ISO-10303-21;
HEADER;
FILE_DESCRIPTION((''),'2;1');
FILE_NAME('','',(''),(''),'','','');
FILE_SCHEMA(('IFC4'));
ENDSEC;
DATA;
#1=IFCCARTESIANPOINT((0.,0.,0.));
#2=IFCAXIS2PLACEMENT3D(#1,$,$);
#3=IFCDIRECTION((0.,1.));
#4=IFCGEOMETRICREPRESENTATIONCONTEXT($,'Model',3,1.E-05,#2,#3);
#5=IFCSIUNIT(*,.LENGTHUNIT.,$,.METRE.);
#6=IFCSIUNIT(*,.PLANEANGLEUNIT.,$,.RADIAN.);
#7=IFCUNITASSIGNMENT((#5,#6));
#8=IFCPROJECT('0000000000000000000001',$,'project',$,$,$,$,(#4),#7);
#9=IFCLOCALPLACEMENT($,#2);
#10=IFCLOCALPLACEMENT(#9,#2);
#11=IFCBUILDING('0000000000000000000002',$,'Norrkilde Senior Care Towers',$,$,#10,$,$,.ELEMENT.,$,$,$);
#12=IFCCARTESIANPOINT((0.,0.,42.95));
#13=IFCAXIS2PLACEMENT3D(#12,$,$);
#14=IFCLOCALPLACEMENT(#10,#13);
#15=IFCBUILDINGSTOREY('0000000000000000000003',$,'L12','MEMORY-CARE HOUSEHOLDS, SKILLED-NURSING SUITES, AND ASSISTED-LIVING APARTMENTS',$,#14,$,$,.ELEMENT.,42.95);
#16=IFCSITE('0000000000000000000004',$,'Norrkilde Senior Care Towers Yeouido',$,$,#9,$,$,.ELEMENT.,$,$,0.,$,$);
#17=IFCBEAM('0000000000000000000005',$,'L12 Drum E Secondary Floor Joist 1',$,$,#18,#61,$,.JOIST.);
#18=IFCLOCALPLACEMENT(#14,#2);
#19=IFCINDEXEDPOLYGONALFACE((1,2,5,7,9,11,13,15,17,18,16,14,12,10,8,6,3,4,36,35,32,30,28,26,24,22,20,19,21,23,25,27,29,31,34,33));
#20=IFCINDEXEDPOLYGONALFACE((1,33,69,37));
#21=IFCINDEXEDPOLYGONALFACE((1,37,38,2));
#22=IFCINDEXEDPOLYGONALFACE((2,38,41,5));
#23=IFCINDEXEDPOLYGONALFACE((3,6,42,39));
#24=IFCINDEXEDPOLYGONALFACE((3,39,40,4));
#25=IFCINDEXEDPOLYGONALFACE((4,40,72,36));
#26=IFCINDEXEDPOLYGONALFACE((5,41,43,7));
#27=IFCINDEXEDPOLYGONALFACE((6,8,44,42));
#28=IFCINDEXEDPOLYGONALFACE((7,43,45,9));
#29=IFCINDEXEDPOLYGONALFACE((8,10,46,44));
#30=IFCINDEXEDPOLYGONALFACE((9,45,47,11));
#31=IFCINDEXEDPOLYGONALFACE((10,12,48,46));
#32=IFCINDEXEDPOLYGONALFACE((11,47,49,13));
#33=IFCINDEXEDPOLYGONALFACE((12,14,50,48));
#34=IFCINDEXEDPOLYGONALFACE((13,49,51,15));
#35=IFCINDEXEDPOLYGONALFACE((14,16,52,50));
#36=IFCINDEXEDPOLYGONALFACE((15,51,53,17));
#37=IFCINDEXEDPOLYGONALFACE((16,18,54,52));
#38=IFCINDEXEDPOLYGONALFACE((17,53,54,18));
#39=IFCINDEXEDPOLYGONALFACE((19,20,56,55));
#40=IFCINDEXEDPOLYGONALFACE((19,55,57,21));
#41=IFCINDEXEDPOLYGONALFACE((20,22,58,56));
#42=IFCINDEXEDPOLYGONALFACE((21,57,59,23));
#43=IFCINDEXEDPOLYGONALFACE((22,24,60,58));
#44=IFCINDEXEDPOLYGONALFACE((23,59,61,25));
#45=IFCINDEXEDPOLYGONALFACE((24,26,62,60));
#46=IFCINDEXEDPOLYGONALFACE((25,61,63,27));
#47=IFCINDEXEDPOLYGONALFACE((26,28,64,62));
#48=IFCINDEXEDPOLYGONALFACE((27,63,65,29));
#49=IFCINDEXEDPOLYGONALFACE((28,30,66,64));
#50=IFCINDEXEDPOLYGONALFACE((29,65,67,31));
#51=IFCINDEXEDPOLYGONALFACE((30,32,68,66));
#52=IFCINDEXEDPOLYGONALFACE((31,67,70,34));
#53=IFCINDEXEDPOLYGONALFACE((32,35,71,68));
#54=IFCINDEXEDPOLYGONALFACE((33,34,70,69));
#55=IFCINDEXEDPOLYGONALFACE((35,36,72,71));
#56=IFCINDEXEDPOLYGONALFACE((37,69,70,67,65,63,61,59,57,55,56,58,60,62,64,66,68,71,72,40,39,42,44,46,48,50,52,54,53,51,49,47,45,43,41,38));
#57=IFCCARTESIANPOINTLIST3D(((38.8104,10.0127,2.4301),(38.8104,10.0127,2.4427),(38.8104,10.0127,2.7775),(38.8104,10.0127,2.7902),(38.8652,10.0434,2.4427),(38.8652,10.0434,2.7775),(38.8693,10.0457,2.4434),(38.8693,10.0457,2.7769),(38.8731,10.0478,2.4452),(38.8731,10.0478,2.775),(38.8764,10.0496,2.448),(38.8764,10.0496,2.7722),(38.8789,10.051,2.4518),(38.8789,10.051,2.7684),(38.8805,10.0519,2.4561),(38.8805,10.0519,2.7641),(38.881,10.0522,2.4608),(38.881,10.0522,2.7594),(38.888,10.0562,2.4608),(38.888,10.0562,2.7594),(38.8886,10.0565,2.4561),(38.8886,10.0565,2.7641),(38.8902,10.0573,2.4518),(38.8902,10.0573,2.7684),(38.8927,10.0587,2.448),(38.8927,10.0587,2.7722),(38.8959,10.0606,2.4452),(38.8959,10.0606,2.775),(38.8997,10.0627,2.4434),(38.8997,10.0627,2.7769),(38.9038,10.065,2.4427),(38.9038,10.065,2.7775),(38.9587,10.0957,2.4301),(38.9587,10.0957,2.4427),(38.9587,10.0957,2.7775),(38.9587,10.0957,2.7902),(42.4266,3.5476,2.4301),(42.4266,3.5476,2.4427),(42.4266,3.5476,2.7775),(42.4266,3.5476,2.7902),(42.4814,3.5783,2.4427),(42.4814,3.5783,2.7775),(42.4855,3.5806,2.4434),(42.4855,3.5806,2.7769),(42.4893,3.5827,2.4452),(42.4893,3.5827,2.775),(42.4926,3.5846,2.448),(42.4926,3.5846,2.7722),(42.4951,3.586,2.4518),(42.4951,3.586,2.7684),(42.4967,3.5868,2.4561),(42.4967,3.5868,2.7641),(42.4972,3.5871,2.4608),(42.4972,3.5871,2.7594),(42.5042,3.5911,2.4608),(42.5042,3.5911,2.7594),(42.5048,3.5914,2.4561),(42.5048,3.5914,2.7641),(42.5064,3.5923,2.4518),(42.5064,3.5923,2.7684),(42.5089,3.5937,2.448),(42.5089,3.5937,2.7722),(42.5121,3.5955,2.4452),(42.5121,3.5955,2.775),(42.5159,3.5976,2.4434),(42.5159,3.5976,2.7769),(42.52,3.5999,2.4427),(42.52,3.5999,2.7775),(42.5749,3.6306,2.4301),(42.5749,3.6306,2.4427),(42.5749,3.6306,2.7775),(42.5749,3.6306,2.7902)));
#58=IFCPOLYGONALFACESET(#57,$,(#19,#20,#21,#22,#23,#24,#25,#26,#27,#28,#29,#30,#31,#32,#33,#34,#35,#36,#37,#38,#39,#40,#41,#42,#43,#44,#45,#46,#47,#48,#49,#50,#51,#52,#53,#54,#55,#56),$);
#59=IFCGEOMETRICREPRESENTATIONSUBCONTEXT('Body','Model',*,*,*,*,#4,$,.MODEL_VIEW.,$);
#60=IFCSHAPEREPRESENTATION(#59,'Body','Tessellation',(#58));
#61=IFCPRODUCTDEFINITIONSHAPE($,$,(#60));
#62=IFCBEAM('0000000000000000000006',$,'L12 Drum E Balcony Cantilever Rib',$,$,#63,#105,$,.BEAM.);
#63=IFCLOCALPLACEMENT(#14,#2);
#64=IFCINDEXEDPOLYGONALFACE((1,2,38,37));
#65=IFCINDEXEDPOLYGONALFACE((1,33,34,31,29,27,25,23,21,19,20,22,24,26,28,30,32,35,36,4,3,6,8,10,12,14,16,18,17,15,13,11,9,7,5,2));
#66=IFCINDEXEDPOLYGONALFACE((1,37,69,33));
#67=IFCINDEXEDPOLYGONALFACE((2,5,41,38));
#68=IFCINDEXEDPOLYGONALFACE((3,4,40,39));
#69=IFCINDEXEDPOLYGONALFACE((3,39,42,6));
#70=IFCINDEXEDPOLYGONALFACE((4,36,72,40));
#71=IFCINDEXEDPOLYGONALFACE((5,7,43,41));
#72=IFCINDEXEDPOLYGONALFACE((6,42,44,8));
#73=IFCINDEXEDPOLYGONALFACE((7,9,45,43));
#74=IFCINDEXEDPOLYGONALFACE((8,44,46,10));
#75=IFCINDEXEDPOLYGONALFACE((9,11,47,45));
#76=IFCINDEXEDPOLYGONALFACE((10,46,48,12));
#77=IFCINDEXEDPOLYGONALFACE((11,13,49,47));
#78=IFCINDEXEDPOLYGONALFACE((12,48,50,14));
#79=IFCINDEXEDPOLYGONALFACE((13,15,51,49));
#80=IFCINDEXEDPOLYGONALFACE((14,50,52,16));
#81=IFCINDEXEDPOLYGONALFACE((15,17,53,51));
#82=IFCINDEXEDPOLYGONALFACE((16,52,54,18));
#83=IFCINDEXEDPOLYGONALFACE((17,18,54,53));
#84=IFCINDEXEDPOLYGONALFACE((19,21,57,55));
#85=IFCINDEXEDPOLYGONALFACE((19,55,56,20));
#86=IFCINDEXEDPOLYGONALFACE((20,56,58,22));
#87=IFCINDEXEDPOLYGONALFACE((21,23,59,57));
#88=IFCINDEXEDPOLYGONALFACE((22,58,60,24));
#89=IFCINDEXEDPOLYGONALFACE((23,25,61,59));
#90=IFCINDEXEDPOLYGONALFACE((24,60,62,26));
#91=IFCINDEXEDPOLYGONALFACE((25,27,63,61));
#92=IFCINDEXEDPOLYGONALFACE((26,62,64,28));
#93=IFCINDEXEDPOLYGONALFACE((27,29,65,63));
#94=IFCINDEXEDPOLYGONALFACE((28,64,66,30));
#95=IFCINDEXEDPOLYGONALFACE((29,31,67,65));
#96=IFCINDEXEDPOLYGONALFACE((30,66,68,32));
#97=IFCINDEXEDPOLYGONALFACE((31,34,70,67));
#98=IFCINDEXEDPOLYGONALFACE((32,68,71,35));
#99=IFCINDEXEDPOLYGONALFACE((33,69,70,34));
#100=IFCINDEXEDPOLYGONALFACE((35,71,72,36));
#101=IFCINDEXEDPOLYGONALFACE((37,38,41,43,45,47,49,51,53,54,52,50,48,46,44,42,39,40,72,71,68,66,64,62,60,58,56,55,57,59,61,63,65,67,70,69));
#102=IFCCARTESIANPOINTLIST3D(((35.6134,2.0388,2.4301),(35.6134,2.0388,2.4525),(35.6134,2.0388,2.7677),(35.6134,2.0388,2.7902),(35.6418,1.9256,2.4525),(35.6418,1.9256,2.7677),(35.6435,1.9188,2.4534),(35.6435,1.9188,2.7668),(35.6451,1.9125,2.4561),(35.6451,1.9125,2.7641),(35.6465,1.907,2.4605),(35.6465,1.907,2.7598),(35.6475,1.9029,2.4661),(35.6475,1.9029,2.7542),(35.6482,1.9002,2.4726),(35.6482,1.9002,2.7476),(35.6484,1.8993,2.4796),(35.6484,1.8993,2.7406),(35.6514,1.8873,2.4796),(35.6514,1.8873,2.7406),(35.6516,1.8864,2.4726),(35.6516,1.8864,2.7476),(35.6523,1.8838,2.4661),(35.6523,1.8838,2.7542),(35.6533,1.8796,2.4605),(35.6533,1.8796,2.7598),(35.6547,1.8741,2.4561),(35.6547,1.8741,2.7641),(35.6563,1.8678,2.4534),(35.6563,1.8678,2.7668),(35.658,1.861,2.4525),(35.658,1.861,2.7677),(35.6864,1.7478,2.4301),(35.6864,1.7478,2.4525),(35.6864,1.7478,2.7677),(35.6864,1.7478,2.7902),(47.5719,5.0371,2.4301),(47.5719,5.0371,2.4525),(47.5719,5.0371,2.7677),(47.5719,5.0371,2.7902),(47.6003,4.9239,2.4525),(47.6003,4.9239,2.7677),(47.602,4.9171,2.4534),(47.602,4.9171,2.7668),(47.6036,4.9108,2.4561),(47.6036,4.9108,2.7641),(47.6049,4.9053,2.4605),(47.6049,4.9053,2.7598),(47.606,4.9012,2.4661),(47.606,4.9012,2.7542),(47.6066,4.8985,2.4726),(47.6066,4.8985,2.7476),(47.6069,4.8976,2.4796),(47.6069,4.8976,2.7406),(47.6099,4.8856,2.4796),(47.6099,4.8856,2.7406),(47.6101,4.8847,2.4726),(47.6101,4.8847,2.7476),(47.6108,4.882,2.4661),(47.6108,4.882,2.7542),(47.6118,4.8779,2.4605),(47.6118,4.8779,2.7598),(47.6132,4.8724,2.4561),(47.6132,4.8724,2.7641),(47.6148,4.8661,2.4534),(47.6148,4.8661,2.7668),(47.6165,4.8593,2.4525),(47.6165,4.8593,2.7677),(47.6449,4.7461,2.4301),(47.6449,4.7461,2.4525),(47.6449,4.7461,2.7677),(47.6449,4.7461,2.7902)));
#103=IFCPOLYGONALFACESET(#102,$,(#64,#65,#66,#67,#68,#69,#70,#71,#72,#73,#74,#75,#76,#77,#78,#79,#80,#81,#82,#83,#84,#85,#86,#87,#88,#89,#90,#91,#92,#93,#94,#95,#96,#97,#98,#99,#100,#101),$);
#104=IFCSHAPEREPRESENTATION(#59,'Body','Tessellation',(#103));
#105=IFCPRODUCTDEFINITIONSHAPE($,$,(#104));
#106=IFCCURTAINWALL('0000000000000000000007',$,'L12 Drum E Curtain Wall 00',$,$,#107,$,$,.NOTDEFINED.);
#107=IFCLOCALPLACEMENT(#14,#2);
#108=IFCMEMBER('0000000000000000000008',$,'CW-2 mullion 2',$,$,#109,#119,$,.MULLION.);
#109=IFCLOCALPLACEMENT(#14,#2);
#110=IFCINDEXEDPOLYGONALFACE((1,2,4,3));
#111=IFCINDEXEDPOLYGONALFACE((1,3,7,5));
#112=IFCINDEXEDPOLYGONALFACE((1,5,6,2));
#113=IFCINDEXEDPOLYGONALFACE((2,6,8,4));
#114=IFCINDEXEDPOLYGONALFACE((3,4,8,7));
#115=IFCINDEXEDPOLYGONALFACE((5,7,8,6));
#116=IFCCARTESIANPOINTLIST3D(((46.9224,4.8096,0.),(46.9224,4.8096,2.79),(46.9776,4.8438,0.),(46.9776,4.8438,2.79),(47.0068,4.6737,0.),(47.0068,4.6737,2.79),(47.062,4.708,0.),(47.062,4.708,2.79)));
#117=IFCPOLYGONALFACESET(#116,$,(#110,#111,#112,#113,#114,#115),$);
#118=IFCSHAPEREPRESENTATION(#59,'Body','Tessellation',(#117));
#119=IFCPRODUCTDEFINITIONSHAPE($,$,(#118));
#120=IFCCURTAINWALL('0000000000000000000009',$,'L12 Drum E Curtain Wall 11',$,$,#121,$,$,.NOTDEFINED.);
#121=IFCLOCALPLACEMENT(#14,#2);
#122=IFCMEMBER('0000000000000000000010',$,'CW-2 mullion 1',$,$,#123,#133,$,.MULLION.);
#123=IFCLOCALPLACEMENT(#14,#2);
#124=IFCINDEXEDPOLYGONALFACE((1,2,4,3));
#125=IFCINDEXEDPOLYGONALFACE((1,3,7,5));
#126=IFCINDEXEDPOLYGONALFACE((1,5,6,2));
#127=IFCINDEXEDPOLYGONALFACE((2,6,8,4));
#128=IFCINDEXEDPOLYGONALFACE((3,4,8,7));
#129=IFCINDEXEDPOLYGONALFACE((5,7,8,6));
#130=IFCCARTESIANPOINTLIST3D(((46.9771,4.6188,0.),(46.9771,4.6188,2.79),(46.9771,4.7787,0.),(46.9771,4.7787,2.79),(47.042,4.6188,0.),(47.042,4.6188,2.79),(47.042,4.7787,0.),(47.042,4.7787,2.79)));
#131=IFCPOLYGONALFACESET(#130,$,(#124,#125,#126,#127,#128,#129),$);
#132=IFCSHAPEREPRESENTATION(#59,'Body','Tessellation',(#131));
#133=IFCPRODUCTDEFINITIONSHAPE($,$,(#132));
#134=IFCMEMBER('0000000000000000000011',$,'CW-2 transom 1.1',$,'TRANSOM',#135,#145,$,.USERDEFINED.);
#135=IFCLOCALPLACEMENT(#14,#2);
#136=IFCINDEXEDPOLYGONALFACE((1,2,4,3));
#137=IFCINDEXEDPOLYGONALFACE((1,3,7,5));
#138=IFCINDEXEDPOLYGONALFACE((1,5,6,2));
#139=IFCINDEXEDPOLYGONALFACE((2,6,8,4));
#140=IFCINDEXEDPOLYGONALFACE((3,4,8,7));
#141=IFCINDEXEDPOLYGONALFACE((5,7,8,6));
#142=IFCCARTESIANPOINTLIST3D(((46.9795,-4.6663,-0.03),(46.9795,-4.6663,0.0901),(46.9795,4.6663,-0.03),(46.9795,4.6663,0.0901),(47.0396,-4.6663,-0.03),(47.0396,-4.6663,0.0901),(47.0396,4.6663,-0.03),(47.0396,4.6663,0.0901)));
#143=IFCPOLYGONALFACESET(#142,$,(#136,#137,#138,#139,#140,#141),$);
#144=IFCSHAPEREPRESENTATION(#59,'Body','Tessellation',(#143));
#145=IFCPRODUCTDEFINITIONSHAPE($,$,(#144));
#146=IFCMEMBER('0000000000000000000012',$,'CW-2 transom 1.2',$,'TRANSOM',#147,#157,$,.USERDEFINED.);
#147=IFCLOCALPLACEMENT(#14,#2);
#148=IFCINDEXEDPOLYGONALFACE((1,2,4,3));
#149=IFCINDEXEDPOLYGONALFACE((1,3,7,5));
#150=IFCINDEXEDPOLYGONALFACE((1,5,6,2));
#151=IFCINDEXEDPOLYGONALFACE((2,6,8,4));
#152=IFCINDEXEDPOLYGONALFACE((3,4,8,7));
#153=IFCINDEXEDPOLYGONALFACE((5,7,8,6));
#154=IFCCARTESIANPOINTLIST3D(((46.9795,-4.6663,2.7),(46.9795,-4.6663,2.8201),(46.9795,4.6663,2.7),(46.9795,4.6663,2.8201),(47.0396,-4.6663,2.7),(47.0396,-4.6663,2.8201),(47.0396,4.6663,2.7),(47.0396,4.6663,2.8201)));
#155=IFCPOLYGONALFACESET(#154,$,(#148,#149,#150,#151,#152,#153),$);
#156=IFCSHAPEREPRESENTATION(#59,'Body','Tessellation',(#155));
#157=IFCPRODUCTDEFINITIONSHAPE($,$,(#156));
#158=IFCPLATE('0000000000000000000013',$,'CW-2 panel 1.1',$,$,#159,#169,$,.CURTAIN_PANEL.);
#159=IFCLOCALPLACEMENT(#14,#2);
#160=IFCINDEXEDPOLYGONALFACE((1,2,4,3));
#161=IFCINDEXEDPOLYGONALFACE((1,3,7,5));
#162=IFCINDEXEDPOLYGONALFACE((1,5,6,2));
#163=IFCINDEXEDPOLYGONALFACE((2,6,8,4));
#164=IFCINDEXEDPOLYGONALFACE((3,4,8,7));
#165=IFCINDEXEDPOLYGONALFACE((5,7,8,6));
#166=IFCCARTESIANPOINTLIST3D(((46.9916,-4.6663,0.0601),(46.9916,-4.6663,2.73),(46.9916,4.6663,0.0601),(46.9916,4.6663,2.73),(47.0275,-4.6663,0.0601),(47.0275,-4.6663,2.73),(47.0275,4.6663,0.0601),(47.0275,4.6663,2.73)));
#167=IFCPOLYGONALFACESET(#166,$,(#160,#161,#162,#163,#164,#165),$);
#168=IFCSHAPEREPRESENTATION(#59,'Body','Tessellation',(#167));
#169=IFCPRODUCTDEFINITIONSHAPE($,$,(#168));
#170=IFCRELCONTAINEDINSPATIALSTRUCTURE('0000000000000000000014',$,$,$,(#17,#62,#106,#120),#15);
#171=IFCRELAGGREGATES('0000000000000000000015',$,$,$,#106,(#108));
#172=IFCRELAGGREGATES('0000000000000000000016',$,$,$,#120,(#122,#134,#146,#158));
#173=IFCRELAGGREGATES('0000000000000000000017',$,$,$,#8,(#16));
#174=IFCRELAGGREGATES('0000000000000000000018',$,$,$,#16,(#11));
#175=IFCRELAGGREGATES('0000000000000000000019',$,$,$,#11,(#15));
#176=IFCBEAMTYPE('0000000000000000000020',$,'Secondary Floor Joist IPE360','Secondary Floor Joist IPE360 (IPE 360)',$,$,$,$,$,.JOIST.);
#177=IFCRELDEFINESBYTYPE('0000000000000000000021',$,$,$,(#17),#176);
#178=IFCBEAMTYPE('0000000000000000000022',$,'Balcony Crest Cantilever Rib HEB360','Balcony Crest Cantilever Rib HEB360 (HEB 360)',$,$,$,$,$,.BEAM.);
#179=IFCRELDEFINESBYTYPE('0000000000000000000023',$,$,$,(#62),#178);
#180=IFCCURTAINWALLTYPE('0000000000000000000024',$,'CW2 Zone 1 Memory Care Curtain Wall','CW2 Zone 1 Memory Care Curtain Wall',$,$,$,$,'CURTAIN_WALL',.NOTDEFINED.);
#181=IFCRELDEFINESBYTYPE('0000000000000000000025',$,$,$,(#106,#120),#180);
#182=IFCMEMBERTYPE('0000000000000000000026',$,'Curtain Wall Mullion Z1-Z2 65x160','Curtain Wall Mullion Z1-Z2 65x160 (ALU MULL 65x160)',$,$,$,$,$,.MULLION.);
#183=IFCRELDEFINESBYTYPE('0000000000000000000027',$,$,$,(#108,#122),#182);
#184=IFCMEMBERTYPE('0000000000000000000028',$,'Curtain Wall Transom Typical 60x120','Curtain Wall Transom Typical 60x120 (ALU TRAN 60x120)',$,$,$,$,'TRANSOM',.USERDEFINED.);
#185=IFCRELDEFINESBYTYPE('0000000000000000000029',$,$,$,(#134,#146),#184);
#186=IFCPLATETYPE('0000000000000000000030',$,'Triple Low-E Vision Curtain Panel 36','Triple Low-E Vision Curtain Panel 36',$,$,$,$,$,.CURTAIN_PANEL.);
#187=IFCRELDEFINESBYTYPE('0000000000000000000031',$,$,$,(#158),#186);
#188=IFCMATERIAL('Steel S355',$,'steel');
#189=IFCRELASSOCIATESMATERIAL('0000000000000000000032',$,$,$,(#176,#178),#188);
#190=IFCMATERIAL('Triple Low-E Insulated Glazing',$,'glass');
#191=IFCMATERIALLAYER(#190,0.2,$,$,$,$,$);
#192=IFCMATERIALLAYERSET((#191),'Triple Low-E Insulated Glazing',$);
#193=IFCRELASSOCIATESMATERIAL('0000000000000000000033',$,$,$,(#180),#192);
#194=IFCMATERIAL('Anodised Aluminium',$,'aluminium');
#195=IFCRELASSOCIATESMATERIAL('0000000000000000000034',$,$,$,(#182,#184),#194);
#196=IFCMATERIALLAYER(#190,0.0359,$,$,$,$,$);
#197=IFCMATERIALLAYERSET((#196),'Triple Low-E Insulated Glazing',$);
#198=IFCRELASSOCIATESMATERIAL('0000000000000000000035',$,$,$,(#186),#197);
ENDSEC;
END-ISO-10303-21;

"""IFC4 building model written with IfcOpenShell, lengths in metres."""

from ifc_helpers import new_model, si_unit, direction, frame, origin, origin_2d, place, context, subcontext, project, spatial, rectangle, i_section, extrude, source, transform, mapped, material, layer, layer_set, material_profile, profile_set, type_object, type_shapes, element, aggregate, save


model = new_model("IFC4")

# Units and contexts
model_context = context("Model", 3, precision=1e-05, world=origin(), true_north=direction((0.0, 1.0)))
body_context = subcontext(model_context, "Body", "Model", "MODEL_VIEW")
ifc_project = project(units=[si_unit("LENGTHUNIT", "METRE"), si_unit("PLANEANGLEUNIT", "RADIAN")], contexts=[model_context])

# Site, building, storey
site_placement = place(None, origin())
site = spatial("IfcSite", under=ifc_project, at=site_placement, Name="Norrkilde Senior Care Towers Yeouido", CompositionType="ELEMENT", RefElevation=0.0)
building_placement = place(site_placement, origin())
building = spatial("IfcBuilding", under=site, at=building_placement, Name="Norrkilde Senior Care Towers", CompositionType="ELEMENT")
storey_placement = place(building_placement, frame((0.0, 0.0, 42.95)))
storey = spatial("IfcBuildingStorey", under=building, at=storey_placement, Name="L12", Description="MEMORY-CARE HOUSEHOLDS, SKILLED-NURSING SUITES, AND ASSISTED-LIVING APARTMENTS", CompositionType="ELEMENT", Elevation=42.95)

# Beams
ifc_material_1 = material(Name="Steel S355", Category="steel")
ifc_material_profile_1 = material_profile(ifc_material_1, i_section(OverallWidth=0.1699, OverallDepth=0.3601, WebThickness=0.0081, FlangeThickness=0.0127, FilletRadius=0.0181, at=origin_2d()), Name="IPE 360")
ifc_profile_set_1 = profile_set([ifc_material_profile_1], Name="Steel S355")
beam_type_1 = type_object("IfcBeamType", Name="Secondary Floor Joist IPE360", Description="Secondary Floor Joist IPE360 (IPE 360)", PredefinedType="JOIST", material=ifc_profile_set_1)
shared_shape_1 = source(origin(), body_context, "Body", "SweptSolid", [
    extrude(i_section(OverallWidth=0.1699, OverallDepth=0.3601, WebThickness=0.0081, FlangeThickness=0.0127, FilletRadius=0.0181, at=origin_2d()), origin(), (0.0, 0.0, 1.0), 7.4077),
])
type_shapes(beam_type_1, [shared_shape_1])
beam_1_placement = place(storey_placement, frame((42.5007, 3.5891, 2.6101), z_axis=(-0.488168, 0.87275, 0.0), x_axis=(-0.87275, -0.488168, 0.0)))
element("IfcBeam", 1, at=beam_1_placement, inside=storey, type_object=beam_type_1, Name="L12 Drum E Secondary Floor Joist 1", PredefinedType="JOIST", context=body_context, shape_type="MappedRepresentation", body=[
    mapped(shared_shape_1, transform((0.0, 0.0, 0.0), x_axis=(1.0, 0.0, 0.0), y_axis=(0.0, 1.0, 0.0), z_axis=(0.0, 0.0, 1.0), scale=1.0)),
])
ifc_material_profile_2 = material_profile(ifc_material_1, i_section(OverallWidth=0.3, OverallDepth=0.3601, WebThickness=0.0125, FlangeThickness=0.0225, FilletRadius=0.0271, at=origin_2d()), Name="HEB 360")
ifc_profile_set_2 = profile_set([ifc_material_profile_2], Name="Steel S355")
beam_type_2 = type_object("IfcBeamType", Name="Balcony Crest Cantilever Rib HEB360", Description="Balcony Crest Cantilever Rib HEB360 (HEB 360)", PredefinedType="BEAM", material=ifc_profile_set_2)
shared_shape_2 = source(origin(), body_context, "Body", "SweptSolid", [
    extrude(i_section(OverallWidth=0.3, OverallDepth=0.3601, WebThickness=0.0125, FlangeThickness=0.0225, FilletRadius=0.0271, at=origin_2d()), origin(), (0.0, 0.0, 1.0), 12.3286),
])
type_shapes(beam_type_2, [shared_shape_2])
beam_2_placement = place(storey_placement, frame((35.6499, 1.8933, 2.6101), z_axis=(0.969977, 0.243197, 0.0), x_axis=(-0.243197, 0.969977, 0.0)))
element("IfcBeam", 2, at=beam_2_placement, inside=storey, type_object=beam_type_2, Name="L12 Drum E Balcony Cantilever Rib", PredefinedType="BEAM", context=body_context, shape_type="MappedRepresentation", body=[
    mapped(shared_shape_2, transform((0.0, 0.0, 0.0), x_axis=(1.0, 0.0, 0.0), y_axis=(0.0, 1.0, 0.0), z_axis=(0.0, 0.0, 1.0), scale=1.0)),
])

# Curtain wall, member
ifc_material_2 = material(Name="Triple Low-E Insulated Glazing", Category="glass")
ifc_layer_1 = layer(ifc_material_2, 0.2)
ifc_layer_set_1 = layer_set([ifc_layer_1], Name="Triple Low-E Insulated Glazing")
curtain_wall_type = type_object("IfcCurtainWallType", Name="CW2 Zone 1 Memory Care Curtain Wall", Description="CW2 Zone 1 Memory Care Curtain Wall", ElementType="CURTAIN_WALL", PredefinedType="NOTDEFINED", material=ifc_layer_set_1)
curtain_wall_1_placement = place(storey_placement, origin())
curtain_wall_1 = element("IfcCurtainWall", 3, at=curtain_wall_1_placement, inside=storey, type_object=curtain_wall_type, Name="L12 Drum E Curtain Wall 00", PredefinedType="NOTDEFINED")
ifc_material_3 = material(Name="Anodised Aluminium", Category="aluminium")
ifc_material_profile_3 = material_profile(ifc_material_3, rectangle(XDim=0.0649, YDim=0.1599, at=origin_2d()), Name="ALU MULL 65x160")
ifc_profile_set_3 = profile_set([ifc_material_profile_3], Name="Anodised Aluminium")
member_type_1 = type_object("IfcMemberType", Name="Curtain Wall Mullion Z1-Z2 65x160", Description="Curtain Wall Mullion Z1-Z2 65x160 (ALU MULL 65x160)", PredefinedType="MULLION", material=ifc_profile_set_3)
shared_shape_3 = source(origin(), body_context, "Body", "SweptSolid", [
    extrude(rectangle(XDim=0.0649, YDim=0.1599, at=origin_2d()), origin(), (0.0, 0.0, 1.0), 2.79),
])
type_shapes(member_type_1, [shared_shape_3])
member_1_placement = place(storey_placement, frame((46.9922, 4.7588, 0.0), z_axis=(0.0, 0.0, 1.0), x_axis=(0.849306, 0.527901, 0.0)))
member_1 = element("IfcMember", 4, at=member_1_placement, type_object=member_type_1, Name="CW-2 mullion 2", PredefinedType="MULLION", context=body_context, shape_type="MappedRepresentation", body=[
    mapped(shared_shape_3, transform((0.0, 0.0, 0.0), x_axis=(1.0, 0.0, 0.0), y_axis=(0.0, 1.0, 0.0), z_axis=(0.0, 0.0, 1.0), scale=1.0)),
])
aggregate(curtain_wall_1, [member_1])

# Curtain wall, members, plate
curtain_wall_2_placement = place(storey_placement, origin())
curtain_wall_2 = element("IfcCurtainWall", 5, at=curtain_wall_2_placement, inside=storey, type_object=curtain_wall_type, Name="L12 Drum E Curtain Wall 11", PredefinedType="NOTDEFINED")
member_2_placement = place(storey_placement, frame((47.0095, 4.6987, 0.0), z_axis=(0.0, 0.0, 1.0), x_axis=(1.0, 0.0, 0.0)))
member_2 = element("IfcMember", 6, at=member_2_placement, type_object=member_type_1, Name="CW-2 mullion 1", PredefinedType="MULLION", context=body_context, shape_type="MappedRepresentation", body=[
    mapped(shared_shape_3, transform((0.0, 0.0, 0.0), x_axis=(1.0, 0.0, 0.0), y_axis=(0.0, 1.0, 0.0), z_axis=(0.0, 0.0, 1.0), scale=1.0)),
])
ifc_material_profile_4 = material_profile(ifc_material_3, rectangle(XDim=0.0601, YDim=0.1201, at=origin_2d()), Name="ALU TRAN 60x120")
ifc_profile_set_4 = profile_set([ifc_material_profile_4], Name="Anodised Aluminium")
member_type_2 = type_object("IfcMemberType", Name="Curtain Wall Transom Typical 60x120", Description="Curtain Wall Transom Typical 60x120 (ALU TRAN 60x120)", ElementType="TRANSOM", PredefinedType="USERDEFINED", material=ifc_profile_set_4)
shared_shape_4 = source(origin(), body_context, "Body", "SweptSolid", [
    extrude(rectangle(XDim=0.0601, YDim=0.1201, at=origin_2d()), origin(), (0.0, 0.0, 1.0), 9.3325),
])
type_shapes(member_type_2, [shared_shape_4])
member_3_placement = place(storey_placement, frame((47.0095, 4.6663, 0.03), z_axis=(0.0, -1.0, 0.0), x_axis=(1.0, 0.0, 0.0)))
member_3 = element("IfcMember", 7, at=member_3_placement, type_object=member_type_2, Name="CW-2 transom 1.1", ObjectType="TRANSOM", PredefinedType="USERDEFINED", context=body_context, shape_type="MappedRepresentation", body=[
    mapped(shared_shape_4, transform((0.0, 0.0, 0.0), x_axis=(1.0, 0.0, 0.0), y_axis=(0.0, 1.0, 0.0), z_axis=(0.0, 0.0, 1.0), scale=1.0)),
])
member_4_placement = place(storey_placement, frame((47.0095, 4.6663, 2.76), z_axis=(0.0, -1.0, 0.0), x_axis=(1.0, 0.0, 0.0)))
member_4 = element("IfcMember", 8, at=member_4_placement, type_object=member_type_2, Name="CW-2 transom 1.2", ObjectType="TRANSOM", PredefinedType="USERDEFINED", context=body_context, shape_type="MappedRepresentation", body=[
    mapped(shared_shape_4, transform((0.0, 0.0, 0.0), x_axis=(1.0, 0.0, 0.0), y_axis=(0.0, 1.0, 0.0), z_axis=(0.0, 0.0, 1.0), scale=1.0)),
])
ifc_layer_2 = layer(ifc_material_2, 0.0359)
ifc_layer_set_2 = layer_set([ifc_layer_2], Name="Triple Low-E Insulated Glazing")
plate_type = type_object("IfcPlateType", Name="Triple Low-E Vision Curtain Panel 36", Description="Triple Low-E Vision Curtain Panel 36", PredefinedType="CURTAIN_PANEL", material=ifc_layer_set_2)
shared_shape_5 = source(origin(), body_context, "Body", "SweptSolid", [
    extrude(rectangle(XDim=9.3325, YDim=0.0359, at=origin_2d()), origin(), (0.0, 0.0, 1.0), 2.6699),
])
type_shapes(plate_type, [shared_shape_5])
plate_placement = place(storey_placement, frame((47.0095, 0.0, 0.0601), z_axis=(0.0, 0.0, 1.0), x_axis=(0.0, -1.0, 0.0)))
plate = element("IfcPlate", 9, at=plate_placement, type_object=plate_type, Name="CW-2 panel 1.1", PredefinedType="CURTAIN_PANEL", context=body_context, shape_type="MappedRepresentation", body=[
    mapped(shared_shape_5, transform((0.0, 0.0, 0.0), x_axis=(1.0, 0.0, 0.0), y_axis=(0.0, 1.0, 0.0), z_axis=(0.0, 0.0, 1.0), scale=1.0)),
])
aggregate(curtain_wall_2, [member_2, member_3, member_4, plate])

save(model, "model.ifc")
